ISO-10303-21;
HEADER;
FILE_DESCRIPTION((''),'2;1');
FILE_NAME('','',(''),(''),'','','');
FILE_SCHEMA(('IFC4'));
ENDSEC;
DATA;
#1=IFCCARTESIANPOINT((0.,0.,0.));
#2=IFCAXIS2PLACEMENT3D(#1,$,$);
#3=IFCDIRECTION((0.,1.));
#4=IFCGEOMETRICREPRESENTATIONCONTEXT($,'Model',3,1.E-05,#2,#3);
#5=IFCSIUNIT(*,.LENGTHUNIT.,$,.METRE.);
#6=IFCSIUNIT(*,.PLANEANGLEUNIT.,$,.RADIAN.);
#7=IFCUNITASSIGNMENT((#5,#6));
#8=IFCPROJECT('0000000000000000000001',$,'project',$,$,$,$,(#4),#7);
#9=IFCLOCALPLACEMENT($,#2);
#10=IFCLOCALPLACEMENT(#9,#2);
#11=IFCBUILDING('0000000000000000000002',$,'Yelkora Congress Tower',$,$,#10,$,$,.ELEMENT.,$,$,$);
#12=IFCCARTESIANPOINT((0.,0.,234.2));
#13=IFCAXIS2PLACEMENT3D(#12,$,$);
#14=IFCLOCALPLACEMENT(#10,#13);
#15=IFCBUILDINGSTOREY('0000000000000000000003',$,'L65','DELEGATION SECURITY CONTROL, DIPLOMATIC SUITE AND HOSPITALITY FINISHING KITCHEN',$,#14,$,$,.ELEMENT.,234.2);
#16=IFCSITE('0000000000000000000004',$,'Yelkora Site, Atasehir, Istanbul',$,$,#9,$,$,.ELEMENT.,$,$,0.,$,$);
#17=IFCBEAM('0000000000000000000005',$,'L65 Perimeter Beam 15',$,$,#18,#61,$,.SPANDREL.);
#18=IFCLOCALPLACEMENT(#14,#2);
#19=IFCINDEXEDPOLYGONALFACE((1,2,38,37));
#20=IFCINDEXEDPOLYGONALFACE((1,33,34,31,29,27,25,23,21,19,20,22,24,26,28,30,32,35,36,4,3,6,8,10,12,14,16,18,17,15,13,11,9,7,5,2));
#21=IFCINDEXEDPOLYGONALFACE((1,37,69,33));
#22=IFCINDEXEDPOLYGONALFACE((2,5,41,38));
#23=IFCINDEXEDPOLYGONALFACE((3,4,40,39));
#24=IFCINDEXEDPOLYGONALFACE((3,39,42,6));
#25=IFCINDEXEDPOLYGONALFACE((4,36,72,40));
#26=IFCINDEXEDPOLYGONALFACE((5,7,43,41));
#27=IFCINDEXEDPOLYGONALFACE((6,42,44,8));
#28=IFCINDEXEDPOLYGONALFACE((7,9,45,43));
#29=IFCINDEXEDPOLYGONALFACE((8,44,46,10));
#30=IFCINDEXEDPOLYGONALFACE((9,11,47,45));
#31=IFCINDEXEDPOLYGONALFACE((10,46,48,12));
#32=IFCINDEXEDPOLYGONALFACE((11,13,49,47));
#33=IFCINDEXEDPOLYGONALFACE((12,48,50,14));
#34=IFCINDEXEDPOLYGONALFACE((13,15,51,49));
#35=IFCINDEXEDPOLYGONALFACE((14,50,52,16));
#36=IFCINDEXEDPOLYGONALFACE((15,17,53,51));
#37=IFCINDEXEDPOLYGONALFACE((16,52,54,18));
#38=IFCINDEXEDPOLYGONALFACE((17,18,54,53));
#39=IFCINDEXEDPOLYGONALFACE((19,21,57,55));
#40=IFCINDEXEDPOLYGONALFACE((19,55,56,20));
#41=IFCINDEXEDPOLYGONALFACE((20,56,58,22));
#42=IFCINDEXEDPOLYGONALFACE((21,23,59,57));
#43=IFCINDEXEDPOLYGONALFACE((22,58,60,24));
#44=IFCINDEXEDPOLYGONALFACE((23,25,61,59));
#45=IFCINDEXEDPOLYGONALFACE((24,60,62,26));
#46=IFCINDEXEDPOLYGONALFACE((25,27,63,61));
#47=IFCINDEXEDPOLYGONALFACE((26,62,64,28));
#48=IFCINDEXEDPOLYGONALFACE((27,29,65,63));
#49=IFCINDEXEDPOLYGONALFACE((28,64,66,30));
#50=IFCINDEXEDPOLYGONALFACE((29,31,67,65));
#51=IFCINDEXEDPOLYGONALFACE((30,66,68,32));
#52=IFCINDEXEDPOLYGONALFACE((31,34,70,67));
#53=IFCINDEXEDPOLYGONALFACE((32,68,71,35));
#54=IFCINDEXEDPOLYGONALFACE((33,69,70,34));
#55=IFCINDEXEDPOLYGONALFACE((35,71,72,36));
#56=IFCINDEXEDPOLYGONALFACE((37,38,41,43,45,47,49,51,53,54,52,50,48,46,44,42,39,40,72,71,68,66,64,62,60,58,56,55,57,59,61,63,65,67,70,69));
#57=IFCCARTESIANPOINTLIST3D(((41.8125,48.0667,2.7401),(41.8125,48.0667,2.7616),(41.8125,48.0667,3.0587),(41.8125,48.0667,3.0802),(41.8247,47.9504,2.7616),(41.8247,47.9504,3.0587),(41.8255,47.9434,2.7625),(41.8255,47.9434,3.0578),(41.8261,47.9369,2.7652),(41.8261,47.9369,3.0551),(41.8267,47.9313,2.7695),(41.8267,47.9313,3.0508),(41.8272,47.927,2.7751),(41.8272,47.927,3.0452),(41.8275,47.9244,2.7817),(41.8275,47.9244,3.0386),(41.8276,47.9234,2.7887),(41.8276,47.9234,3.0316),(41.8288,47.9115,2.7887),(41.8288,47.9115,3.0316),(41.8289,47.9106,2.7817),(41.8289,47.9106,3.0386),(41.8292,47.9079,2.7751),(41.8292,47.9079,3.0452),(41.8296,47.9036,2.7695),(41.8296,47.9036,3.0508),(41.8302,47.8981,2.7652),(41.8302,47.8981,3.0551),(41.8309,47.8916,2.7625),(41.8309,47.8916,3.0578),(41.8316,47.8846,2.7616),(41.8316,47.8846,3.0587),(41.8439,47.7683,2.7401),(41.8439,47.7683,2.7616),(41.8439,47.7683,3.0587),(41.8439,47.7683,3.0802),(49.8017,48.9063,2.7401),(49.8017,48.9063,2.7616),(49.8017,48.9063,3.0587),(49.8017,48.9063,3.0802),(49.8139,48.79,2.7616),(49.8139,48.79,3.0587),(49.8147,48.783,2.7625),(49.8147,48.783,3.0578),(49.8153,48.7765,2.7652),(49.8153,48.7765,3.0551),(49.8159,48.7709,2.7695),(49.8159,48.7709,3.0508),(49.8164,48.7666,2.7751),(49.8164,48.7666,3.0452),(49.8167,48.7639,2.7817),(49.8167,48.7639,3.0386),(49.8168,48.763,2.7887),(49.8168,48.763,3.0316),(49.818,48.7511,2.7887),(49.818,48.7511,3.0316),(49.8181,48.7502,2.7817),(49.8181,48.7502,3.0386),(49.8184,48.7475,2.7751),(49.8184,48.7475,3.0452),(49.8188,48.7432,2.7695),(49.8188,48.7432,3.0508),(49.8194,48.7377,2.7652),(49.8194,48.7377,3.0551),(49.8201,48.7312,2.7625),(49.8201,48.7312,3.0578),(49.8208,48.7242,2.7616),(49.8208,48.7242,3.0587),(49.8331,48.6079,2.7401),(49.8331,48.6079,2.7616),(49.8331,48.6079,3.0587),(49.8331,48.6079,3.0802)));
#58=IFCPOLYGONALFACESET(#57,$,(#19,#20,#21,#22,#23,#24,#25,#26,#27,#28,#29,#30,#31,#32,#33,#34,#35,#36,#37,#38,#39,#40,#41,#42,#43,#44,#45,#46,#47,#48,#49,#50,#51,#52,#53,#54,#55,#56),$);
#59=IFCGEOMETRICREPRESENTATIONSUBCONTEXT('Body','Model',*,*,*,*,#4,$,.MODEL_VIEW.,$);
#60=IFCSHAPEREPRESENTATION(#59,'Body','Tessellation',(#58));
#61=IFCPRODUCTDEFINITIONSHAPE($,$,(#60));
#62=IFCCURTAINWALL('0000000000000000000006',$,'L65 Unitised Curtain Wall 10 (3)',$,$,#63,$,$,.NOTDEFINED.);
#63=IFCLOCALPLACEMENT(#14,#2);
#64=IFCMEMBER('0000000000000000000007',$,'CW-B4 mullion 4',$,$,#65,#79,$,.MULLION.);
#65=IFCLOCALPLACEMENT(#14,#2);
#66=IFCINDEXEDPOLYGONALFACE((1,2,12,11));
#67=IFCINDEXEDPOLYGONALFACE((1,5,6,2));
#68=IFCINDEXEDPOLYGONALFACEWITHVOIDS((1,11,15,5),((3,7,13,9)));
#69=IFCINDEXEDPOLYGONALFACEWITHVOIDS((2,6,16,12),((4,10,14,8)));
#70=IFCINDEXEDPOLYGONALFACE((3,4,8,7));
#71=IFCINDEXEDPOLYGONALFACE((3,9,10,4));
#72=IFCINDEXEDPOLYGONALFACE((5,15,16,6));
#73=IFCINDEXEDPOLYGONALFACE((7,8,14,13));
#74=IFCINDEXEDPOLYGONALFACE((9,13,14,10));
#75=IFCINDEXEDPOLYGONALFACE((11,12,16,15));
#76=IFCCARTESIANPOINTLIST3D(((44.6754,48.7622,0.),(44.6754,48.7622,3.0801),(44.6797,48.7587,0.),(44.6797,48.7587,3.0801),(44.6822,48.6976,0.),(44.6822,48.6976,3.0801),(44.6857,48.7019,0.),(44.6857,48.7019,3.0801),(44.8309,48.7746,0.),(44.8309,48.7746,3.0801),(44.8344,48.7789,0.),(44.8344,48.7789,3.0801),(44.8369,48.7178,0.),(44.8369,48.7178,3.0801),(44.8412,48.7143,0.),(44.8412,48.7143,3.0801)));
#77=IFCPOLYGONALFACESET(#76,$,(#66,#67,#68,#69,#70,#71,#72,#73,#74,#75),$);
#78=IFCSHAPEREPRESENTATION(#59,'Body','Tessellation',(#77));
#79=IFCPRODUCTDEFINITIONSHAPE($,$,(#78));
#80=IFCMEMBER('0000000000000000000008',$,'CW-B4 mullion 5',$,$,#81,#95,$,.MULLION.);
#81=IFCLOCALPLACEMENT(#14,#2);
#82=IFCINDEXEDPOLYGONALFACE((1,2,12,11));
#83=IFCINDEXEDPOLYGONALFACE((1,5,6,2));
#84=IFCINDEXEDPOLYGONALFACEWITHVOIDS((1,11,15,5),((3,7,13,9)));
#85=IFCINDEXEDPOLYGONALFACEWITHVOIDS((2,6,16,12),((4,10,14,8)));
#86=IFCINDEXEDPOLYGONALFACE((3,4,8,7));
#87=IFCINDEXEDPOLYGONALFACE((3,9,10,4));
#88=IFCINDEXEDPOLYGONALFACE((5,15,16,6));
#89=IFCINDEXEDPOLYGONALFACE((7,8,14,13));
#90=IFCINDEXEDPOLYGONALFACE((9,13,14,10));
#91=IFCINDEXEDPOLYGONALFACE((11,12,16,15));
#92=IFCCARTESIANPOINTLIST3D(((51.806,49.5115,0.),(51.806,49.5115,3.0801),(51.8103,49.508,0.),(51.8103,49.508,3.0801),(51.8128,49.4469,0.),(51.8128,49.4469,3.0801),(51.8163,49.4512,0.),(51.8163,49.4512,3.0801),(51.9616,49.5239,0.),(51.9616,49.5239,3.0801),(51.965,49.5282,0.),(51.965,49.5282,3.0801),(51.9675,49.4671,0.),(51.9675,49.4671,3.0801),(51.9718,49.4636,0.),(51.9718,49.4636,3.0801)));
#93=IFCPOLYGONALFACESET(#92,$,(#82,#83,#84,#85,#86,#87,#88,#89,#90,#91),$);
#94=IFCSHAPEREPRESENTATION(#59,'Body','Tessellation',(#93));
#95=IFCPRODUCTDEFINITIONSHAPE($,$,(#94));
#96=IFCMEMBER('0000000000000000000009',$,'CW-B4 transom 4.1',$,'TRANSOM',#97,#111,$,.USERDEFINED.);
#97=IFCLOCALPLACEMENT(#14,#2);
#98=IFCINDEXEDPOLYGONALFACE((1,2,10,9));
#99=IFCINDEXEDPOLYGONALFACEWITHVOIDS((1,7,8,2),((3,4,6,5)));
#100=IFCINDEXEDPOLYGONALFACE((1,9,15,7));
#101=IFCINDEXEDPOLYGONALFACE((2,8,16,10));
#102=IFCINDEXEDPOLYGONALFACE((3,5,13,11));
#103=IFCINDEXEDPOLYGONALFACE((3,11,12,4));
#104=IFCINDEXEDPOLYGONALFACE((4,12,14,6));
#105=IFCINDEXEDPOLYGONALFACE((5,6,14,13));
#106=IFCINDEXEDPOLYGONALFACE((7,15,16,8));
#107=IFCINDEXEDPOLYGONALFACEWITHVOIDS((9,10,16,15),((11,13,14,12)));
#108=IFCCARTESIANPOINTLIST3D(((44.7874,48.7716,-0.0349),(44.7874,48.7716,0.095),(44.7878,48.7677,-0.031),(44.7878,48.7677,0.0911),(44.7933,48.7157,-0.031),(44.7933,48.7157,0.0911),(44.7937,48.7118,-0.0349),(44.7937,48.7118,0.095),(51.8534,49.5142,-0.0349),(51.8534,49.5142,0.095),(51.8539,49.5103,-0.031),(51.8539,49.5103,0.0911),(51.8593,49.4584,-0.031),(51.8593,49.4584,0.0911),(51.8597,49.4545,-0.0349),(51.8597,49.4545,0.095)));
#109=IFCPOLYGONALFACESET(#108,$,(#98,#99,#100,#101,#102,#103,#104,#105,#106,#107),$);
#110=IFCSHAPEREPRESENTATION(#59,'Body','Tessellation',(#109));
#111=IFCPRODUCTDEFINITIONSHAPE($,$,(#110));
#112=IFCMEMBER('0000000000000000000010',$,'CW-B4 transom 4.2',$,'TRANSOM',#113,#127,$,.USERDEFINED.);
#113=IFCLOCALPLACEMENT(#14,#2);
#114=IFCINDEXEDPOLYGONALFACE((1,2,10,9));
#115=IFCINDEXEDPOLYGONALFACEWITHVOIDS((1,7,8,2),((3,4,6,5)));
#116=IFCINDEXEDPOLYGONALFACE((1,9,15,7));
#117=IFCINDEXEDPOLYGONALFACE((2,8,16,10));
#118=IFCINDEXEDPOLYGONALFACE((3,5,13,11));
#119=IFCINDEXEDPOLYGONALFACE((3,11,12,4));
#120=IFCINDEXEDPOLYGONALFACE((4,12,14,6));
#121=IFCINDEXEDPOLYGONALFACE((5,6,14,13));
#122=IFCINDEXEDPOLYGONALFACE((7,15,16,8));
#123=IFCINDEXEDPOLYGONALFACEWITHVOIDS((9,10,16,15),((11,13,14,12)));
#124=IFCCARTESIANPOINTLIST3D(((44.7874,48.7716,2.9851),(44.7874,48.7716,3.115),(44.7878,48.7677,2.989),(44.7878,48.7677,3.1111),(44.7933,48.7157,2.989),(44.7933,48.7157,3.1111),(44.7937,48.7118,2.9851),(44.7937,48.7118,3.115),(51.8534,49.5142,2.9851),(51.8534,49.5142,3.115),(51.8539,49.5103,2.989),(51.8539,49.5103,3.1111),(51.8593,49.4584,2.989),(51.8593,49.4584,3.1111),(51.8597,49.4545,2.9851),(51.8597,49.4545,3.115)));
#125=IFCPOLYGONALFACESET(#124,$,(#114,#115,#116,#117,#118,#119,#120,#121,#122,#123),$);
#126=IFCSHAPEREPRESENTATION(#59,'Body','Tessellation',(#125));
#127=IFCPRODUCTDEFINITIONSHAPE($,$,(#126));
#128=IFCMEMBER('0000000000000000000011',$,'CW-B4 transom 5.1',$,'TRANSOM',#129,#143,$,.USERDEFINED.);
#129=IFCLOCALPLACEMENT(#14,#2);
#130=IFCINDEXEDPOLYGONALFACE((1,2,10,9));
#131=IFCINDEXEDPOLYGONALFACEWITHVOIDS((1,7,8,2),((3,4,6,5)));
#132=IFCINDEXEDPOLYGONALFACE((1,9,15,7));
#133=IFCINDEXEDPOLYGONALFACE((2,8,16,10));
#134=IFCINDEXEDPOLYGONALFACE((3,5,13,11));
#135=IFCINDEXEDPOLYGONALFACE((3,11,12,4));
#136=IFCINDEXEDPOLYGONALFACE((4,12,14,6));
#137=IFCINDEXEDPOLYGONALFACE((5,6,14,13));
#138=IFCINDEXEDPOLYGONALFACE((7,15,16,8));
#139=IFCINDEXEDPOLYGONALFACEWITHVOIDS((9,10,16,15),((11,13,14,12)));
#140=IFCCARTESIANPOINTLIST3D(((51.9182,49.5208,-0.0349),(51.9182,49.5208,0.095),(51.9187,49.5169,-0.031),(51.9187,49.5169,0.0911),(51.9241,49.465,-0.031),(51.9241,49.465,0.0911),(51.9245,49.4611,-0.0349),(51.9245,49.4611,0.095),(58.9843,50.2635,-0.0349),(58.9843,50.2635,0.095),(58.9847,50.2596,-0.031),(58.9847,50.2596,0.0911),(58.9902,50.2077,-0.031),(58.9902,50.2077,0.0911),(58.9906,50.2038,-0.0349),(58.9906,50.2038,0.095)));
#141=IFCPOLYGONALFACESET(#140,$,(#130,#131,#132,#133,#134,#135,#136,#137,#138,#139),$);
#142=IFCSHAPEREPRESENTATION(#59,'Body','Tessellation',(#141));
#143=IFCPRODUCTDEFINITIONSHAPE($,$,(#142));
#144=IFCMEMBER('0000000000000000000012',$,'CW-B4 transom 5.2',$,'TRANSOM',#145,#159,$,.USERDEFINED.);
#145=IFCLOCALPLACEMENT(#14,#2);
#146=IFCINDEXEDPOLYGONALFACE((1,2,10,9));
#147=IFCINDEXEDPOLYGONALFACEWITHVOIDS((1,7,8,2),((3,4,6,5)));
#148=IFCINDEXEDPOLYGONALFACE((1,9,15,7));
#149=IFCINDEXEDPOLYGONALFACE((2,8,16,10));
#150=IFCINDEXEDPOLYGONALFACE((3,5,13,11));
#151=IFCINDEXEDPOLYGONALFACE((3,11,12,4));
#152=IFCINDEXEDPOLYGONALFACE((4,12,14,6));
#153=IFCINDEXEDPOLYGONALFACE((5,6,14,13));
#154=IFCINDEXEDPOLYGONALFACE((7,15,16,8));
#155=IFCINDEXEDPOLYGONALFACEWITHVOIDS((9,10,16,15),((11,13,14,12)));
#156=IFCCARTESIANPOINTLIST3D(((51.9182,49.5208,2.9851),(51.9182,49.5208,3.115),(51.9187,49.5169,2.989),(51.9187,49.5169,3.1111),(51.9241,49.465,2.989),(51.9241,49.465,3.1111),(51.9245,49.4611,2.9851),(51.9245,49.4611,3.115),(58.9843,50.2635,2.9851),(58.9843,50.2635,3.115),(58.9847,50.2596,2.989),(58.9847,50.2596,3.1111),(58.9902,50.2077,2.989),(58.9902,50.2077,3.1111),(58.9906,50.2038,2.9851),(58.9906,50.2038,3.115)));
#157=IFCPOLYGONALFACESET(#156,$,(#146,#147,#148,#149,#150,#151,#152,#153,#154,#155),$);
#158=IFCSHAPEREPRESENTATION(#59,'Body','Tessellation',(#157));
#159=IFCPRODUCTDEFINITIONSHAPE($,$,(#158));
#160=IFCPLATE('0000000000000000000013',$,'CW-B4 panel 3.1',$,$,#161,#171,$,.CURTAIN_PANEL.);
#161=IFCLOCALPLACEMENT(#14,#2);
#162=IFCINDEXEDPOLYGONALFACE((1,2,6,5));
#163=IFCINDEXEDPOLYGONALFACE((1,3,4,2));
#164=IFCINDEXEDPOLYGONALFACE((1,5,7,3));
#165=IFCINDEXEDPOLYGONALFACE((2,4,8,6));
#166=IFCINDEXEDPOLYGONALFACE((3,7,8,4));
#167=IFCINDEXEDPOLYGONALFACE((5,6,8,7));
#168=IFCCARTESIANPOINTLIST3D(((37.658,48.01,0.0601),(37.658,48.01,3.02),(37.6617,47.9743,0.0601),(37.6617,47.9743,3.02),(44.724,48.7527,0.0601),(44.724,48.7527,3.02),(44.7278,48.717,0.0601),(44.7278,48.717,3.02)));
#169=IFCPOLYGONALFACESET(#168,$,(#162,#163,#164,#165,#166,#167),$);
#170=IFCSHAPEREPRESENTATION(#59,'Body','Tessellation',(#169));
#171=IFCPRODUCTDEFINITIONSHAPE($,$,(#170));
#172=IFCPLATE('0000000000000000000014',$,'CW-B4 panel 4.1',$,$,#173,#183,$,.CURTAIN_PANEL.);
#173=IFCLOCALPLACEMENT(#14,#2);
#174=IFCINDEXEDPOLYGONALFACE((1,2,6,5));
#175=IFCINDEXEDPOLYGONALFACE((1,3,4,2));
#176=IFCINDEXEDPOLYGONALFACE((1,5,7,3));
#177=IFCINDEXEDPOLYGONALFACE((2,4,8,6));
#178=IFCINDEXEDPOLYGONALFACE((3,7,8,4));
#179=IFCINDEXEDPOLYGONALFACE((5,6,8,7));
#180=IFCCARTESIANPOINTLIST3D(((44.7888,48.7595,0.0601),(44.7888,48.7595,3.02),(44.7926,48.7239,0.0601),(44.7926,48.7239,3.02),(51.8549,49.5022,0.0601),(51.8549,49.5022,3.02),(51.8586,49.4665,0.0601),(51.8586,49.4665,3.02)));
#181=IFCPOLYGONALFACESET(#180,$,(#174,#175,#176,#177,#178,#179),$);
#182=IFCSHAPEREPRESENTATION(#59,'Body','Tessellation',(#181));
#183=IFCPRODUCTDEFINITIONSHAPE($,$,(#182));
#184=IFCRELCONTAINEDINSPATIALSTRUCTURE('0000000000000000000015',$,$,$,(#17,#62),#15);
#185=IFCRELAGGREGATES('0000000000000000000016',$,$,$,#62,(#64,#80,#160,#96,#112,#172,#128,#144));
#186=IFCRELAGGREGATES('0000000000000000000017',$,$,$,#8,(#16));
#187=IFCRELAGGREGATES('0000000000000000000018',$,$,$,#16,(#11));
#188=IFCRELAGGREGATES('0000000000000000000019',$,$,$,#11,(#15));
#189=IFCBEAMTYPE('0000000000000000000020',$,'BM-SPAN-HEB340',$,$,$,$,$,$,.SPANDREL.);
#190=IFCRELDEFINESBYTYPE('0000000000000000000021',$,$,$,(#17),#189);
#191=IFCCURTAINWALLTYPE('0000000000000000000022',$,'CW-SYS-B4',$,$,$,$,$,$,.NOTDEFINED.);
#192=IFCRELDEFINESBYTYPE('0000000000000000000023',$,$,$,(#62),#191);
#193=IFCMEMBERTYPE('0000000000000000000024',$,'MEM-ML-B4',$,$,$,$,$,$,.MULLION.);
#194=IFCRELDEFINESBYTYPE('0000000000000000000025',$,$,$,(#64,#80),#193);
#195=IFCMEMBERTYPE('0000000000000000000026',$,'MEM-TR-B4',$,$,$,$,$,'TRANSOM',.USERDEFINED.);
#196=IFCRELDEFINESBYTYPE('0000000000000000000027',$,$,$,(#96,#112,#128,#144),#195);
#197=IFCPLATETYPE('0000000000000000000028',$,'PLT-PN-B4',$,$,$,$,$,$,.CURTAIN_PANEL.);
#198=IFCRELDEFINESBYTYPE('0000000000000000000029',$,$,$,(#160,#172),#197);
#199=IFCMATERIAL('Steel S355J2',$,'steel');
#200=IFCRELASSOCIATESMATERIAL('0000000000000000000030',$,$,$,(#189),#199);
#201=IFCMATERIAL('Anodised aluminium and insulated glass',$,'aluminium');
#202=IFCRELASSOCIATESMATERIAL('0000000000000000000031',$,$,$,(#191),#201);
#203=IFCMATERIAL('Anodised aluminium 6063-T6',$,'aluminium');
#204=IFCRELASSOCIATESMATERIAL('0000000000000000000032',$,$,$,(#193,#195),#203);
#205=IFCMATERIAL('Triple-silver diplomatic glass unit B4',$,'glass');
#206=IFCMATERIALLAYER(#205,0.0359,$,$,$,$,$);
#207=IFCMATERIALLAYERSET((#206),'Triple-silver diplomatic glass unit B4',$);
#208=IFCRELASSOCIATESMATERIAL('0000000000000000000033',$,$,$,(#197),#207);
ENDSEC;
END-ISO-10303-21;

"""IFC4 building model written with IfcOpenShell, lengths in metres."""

from ifc_helpers import new_model, si_unit, direction, frame, origin, origin_2d, place, context, subcontext, project, spatial, rectangle, hollow_rectangle, i_section, extrude, material, layer, layer_set, material_profile, profile_set, type_object, element, aggregate, save


model = new_model("IFC4")

# Units and contexts
model_context = context("Model", 3, precision=1e-05, world=origin(), true_north=direction((0.0, 1.0)))
body_context = subcontext(model_context, "Body", "Model", "MODEL_VIEW")
ifc_project = project(units=[si_unit("LENGTHUNIT", "METRE"), si_unit("PLANEANGLEUNIT", "RADIAN")], contexts=[model_context])

# Site, building, storey
site_placement = place(None, origin())
site = spatial("IfcSite", under=ifc_project, at=site_placement, Name="Yelkora Site, Atasehir, Istanbul", CompositionType="ELEMENT", RefElevation=0.0)
building_placement = place(site_placement, origin())
building = spatial("IfcBuilding", under=site, at=building_placement, Name="Yelkora Congress Tower", CompositionType="ELEMENT")
storey_placement = place(building_placement, frame((0.0, 0.0, 234.2)))
storey = spatial("IfcBuildingStorey", under=building, at=storey_placement, Name="L65", Description="DELEGATION SECURITY CONTROL, DIPLOMATIC SUITE AND HOSPITALITY FINISHING KITCHEN", CompositionType="ELEMENT", Elevation=234.2)

# Shared definitions
ifc_material_1 = material(Name="Steel S355J2", Category="steel")

# Beam
ifc_material_profile_1 = material_profile(ifc_material_1, i_section(OverallWidth=0.3, OverallDepth=0.3401, WebThickness=0.012, FlangeThickness=0.0215, FilletRadius=0.0271, at=origin_2d()), Name="HEB 340")
ifc_profile_set_1 = profile_set([ifc_material_profile_1], Name="Steel S355J2")
beam_type_1 = type_object("IfcBeamType", Name="BM-SPAN-HEB340", PredefinedType="SPANDREL", material=ifc_profile_set_1)
beam_1_placement = place(storey_placement, frame((49.8174, 48.7571, 2.9102), z_axis=(-0.994523, -0.104516, 0.0), x_axis=(0.104516, -0.994523, 0.0)))
element("IfcBeam", 1, at=beam_1_placement, inside=storey, type_object=beam_type_1, Name="L65 Perimeter Beam 15", PredefinedType="SPANDREL", context=body_context, shape_type="SweptSolid", body=[
    extrude(i_section(OverallWidth=0.3, OverallDepth=0.3401, WebThickness=0.012, FlangeThickness=0.0215, FilletRadius=0.0271, at=origin_2d()), origin(), (0.0, 0.0, 1.0), 8.0332),
])

# Curtain wall, members, plates
ifc_material_2 = material(Name="Anodised aluminium and insulated glass", Category="aluminium")
curtain_wall_type = type_object("IfcCurtainWallType", Name="CW-SYS-B4", PredefinedType="NOTDEFINED", material=ifc_material_2)
curtain_wall_placement = place(storey_placement, origin())
curtain_wall = element("IfcCurtainWall", 2, at=curtain_wall_placement, inside=storey, type_object=curtain_wall_type, Name="L65 Unitised Curtain Wall 10 (3)", PredefinedType="NOTDEFINED")
ifc_material_3 = material(Name="Anodised aluminium 6063-T6", Category="aluminium")
ifc_material_profile_2 = material_profile(ifc_material_3, hollow_rectangle(XDim=0.0649, YDim=0.1599, WallThickness=0.0039, at=origin_2d()), Name="ALU 65x160x4")
ifc_profile_set_2 = profile_set([ifc_material_profile_2], Name="Anodised aluminium 6063-T6")
member_type_1 = type_object("IfcMemberType", Name="MEM-ML-B4", PredefinedType="MULLION", material=ifc_profile_set_2)
member_1_placement = place(storey_placement, frame((44.7583, 48.7383, 0.0), z_axis=(0.0, 0.0, 1.0), x_axis=(-0.104528, 0.994522, 0.0)))
member_1 = element("IfcMember", 3, at=member_1_placement, type_object=member_type_1, Name="CW-B4 mullion 4", PredefinedType="MULLION", context=body_context, shape_type="SweptSolid", body=[
    extrude(hollow_rectangle(XDim=0.0649, YDim=0.1599, WallThickness=0.0039, at=origin_2d()), origin(), (0.0, 0.0, 1.0), 3.0801),
])
member_2_placement = place(storey_placement, frame((51.8889, 49.4875, 0.0), z_axis=(0.0, 0.0, 1.0), x_axis=(-0.104528, 0.994522, 0.0)))
member_2 = element("IfcMember", 4, at=member_2_placement, type_object=member_type_1, Name="CW-B4 mullion 5", PredefinedType="MULLION", context=body_context, shape_type="SweptSolid", body=[
    extrude(hollow_rectangle(XDim=0.0649, YDim=0.1599, WallThickness=0.0039, at=origin_2d()), origin(), (0.0, 0.0, 1.0), 3.0801),
])
ifc_material_profile_3 = material_profile(ifc_material_3, hollow_rectangle(XDim=0.0601, YDim=0.1299, WallThickness=0.0039, at=origin_2d()), Name="ALU 60x130x4")
ifc_profile_set_3 = profile_set([ifc_material_profile_3], Name="Anodised aluminium 6063-T6")
member_type_2 = type_object("IfcMemberType", Name="MEM-TR-B4", ElementType="TRANSOM", PredefinedType="USERDEFINED", material=ifc_profile_set_3)
member_3_placement = place(storey_placement, frame((44.7905, 48.7417, 0.03), z_axis=(0.994522, 0.104527, 0.0), x_axis=(-0.104527, 0.994522, 0.0)))
member_3 = element("IfcMember", 5, at=member_3_placement, type_object=member_type_2, Name="CW-B4 transom 4.1", ObjectType="TRANSOM", PredefinedType="USERDEFINED", context=body_context, shape_type="SweptSolid", body=[
    extrude(hollow_rectangle(XDim=0.0601, YDim=0.1299, WallThickness=0.0039, at=origin_2d()), origin(), (0.0, 0.0, 1.0), 7.105),
])
member_4_placement = place(storey_placement, frame((44.7905, 48.7417, 3.05), z_axis=(0.994522, 0.104527, 0.0), x_axis=(-0.104527, 0.994522, 0.0)))
member_4 = element("IfcMember", 6, at=member_4_placement, type_object=member_type_2, Name="CW-B4 transom 4.2", ObjectType="TRANSOM", PredefinedType="USERDEFINED", context=body_context, shape_type="SweptSolid", body=[
    extrude(hollow_rectangle(XDim=0.0601, YDim=0.1299, WallThickness=0.0039, at=origin_2d()), origin(), (0.0, 0.0, 1.0), 7.105),
])
member_5_placement = place(storey_placement, frame((51.9214, 49.491, 0.03), z_axis=(0.994522, 0.104527, 0.0), x_axis=(-0.104527, 0.994522, 0.0)))
member_5 = element("IfcMember", 7, at=member_5_placement, type_object=member_type_2, Name="CW-B4 transom 5.1", ObjectType="TRANSOM", PredefinedType="USERDEFINED", context=body_context, shape_type="SweptSolid", body=[
    extrude(hollow_rectangle(XDim=0.0601, YDim=0.1299, WallThickness=0.0039, at=origin_2d()), origin(), (0.0, 0.0, 1.0), 7.105),
])
member_6_placement = place(storey_placement, frame((51.9214, 49.491, 3.05), z_axis=(0.994522, 0.104527, 0.0), x_axis=(-0.104527, 0.994522, 0.0)))
member_6 = element("IfcMember", 8, at=member_6_placement, type_object=member_type_2, Name="CW-B4 transom 5.2", ObjectType="TRANSOM", PredefinedType="USERDEFINED", context=body_context, shape_type="SweptSolid", body=[
    extrude(hollow_rectangle(XDim=0.0601, YDim=0.1299, WallThickness=0.0039, at=origin_2d()), origin(), (0.0, 0.0, 1.0), 7.105),
])
ifc_material_4 = material(Name="Triple-silver diplomatic glass unit B4", Category="glass")
ifc_layer_1 = layer(ifc_material_4, 0.0359)
ifc_layer_set_1 = layer_set([ifc_layer_1], Name="Triple-silver diplomatic glass unit B4")
plate_type = type_object("IfcPlateType", Name="PLT-PN-B4", PredefinedType="CURTAIN_PANEL", material=ifc_layer_set_1)
plate_1_placement = place(storey_placement, frame((41.1929, 48.3635, 0.0601), z_axis=(0.0, 0.0, 1.0), x_axis=(0.994522, 0.104528, 0.0)))
plate_1 = element("IfcPlate", 9, at=plate_1_placement, type_object=plate_type, Name="CW-B4 panel 3.1", PredefinedType="CURTAIN_PANEL", context=body_context, shape_type="SweptSolid", body=[
    extrude(rectangle(XDim=7.105, YDim=0.0359, at=origin_2d()), origin(), (0.0, 0.0, 1.0), 2.96),
])
plate_2_placement = place(storey_placement, frame((48.3237, 49.113, 0.0601), z_axis=(0.0, 0.0, 1.0), x_axis=(0.994522, 0.104528, 0.0)))
plate_2 = element("IfcPlate", 10, at=plate_2_placement, type_object=plate_type, Name="CW-B4 panel 4.1", PredefinedType="CURTAIN_PANEL", context=body_context, shape_type="SweptSolid", body=[
    extrude(rectangle(XDim=7.105, YDim=0.0359, at=origin_2d()), origin(), (0.0, 0.0, 1.0), 2.96),
])
aggregate(curtain_wall, [member_1, member_2, plate_1, member_3, member_4, plate_2, member_5, member_6])

save(model, "model.ifc")
